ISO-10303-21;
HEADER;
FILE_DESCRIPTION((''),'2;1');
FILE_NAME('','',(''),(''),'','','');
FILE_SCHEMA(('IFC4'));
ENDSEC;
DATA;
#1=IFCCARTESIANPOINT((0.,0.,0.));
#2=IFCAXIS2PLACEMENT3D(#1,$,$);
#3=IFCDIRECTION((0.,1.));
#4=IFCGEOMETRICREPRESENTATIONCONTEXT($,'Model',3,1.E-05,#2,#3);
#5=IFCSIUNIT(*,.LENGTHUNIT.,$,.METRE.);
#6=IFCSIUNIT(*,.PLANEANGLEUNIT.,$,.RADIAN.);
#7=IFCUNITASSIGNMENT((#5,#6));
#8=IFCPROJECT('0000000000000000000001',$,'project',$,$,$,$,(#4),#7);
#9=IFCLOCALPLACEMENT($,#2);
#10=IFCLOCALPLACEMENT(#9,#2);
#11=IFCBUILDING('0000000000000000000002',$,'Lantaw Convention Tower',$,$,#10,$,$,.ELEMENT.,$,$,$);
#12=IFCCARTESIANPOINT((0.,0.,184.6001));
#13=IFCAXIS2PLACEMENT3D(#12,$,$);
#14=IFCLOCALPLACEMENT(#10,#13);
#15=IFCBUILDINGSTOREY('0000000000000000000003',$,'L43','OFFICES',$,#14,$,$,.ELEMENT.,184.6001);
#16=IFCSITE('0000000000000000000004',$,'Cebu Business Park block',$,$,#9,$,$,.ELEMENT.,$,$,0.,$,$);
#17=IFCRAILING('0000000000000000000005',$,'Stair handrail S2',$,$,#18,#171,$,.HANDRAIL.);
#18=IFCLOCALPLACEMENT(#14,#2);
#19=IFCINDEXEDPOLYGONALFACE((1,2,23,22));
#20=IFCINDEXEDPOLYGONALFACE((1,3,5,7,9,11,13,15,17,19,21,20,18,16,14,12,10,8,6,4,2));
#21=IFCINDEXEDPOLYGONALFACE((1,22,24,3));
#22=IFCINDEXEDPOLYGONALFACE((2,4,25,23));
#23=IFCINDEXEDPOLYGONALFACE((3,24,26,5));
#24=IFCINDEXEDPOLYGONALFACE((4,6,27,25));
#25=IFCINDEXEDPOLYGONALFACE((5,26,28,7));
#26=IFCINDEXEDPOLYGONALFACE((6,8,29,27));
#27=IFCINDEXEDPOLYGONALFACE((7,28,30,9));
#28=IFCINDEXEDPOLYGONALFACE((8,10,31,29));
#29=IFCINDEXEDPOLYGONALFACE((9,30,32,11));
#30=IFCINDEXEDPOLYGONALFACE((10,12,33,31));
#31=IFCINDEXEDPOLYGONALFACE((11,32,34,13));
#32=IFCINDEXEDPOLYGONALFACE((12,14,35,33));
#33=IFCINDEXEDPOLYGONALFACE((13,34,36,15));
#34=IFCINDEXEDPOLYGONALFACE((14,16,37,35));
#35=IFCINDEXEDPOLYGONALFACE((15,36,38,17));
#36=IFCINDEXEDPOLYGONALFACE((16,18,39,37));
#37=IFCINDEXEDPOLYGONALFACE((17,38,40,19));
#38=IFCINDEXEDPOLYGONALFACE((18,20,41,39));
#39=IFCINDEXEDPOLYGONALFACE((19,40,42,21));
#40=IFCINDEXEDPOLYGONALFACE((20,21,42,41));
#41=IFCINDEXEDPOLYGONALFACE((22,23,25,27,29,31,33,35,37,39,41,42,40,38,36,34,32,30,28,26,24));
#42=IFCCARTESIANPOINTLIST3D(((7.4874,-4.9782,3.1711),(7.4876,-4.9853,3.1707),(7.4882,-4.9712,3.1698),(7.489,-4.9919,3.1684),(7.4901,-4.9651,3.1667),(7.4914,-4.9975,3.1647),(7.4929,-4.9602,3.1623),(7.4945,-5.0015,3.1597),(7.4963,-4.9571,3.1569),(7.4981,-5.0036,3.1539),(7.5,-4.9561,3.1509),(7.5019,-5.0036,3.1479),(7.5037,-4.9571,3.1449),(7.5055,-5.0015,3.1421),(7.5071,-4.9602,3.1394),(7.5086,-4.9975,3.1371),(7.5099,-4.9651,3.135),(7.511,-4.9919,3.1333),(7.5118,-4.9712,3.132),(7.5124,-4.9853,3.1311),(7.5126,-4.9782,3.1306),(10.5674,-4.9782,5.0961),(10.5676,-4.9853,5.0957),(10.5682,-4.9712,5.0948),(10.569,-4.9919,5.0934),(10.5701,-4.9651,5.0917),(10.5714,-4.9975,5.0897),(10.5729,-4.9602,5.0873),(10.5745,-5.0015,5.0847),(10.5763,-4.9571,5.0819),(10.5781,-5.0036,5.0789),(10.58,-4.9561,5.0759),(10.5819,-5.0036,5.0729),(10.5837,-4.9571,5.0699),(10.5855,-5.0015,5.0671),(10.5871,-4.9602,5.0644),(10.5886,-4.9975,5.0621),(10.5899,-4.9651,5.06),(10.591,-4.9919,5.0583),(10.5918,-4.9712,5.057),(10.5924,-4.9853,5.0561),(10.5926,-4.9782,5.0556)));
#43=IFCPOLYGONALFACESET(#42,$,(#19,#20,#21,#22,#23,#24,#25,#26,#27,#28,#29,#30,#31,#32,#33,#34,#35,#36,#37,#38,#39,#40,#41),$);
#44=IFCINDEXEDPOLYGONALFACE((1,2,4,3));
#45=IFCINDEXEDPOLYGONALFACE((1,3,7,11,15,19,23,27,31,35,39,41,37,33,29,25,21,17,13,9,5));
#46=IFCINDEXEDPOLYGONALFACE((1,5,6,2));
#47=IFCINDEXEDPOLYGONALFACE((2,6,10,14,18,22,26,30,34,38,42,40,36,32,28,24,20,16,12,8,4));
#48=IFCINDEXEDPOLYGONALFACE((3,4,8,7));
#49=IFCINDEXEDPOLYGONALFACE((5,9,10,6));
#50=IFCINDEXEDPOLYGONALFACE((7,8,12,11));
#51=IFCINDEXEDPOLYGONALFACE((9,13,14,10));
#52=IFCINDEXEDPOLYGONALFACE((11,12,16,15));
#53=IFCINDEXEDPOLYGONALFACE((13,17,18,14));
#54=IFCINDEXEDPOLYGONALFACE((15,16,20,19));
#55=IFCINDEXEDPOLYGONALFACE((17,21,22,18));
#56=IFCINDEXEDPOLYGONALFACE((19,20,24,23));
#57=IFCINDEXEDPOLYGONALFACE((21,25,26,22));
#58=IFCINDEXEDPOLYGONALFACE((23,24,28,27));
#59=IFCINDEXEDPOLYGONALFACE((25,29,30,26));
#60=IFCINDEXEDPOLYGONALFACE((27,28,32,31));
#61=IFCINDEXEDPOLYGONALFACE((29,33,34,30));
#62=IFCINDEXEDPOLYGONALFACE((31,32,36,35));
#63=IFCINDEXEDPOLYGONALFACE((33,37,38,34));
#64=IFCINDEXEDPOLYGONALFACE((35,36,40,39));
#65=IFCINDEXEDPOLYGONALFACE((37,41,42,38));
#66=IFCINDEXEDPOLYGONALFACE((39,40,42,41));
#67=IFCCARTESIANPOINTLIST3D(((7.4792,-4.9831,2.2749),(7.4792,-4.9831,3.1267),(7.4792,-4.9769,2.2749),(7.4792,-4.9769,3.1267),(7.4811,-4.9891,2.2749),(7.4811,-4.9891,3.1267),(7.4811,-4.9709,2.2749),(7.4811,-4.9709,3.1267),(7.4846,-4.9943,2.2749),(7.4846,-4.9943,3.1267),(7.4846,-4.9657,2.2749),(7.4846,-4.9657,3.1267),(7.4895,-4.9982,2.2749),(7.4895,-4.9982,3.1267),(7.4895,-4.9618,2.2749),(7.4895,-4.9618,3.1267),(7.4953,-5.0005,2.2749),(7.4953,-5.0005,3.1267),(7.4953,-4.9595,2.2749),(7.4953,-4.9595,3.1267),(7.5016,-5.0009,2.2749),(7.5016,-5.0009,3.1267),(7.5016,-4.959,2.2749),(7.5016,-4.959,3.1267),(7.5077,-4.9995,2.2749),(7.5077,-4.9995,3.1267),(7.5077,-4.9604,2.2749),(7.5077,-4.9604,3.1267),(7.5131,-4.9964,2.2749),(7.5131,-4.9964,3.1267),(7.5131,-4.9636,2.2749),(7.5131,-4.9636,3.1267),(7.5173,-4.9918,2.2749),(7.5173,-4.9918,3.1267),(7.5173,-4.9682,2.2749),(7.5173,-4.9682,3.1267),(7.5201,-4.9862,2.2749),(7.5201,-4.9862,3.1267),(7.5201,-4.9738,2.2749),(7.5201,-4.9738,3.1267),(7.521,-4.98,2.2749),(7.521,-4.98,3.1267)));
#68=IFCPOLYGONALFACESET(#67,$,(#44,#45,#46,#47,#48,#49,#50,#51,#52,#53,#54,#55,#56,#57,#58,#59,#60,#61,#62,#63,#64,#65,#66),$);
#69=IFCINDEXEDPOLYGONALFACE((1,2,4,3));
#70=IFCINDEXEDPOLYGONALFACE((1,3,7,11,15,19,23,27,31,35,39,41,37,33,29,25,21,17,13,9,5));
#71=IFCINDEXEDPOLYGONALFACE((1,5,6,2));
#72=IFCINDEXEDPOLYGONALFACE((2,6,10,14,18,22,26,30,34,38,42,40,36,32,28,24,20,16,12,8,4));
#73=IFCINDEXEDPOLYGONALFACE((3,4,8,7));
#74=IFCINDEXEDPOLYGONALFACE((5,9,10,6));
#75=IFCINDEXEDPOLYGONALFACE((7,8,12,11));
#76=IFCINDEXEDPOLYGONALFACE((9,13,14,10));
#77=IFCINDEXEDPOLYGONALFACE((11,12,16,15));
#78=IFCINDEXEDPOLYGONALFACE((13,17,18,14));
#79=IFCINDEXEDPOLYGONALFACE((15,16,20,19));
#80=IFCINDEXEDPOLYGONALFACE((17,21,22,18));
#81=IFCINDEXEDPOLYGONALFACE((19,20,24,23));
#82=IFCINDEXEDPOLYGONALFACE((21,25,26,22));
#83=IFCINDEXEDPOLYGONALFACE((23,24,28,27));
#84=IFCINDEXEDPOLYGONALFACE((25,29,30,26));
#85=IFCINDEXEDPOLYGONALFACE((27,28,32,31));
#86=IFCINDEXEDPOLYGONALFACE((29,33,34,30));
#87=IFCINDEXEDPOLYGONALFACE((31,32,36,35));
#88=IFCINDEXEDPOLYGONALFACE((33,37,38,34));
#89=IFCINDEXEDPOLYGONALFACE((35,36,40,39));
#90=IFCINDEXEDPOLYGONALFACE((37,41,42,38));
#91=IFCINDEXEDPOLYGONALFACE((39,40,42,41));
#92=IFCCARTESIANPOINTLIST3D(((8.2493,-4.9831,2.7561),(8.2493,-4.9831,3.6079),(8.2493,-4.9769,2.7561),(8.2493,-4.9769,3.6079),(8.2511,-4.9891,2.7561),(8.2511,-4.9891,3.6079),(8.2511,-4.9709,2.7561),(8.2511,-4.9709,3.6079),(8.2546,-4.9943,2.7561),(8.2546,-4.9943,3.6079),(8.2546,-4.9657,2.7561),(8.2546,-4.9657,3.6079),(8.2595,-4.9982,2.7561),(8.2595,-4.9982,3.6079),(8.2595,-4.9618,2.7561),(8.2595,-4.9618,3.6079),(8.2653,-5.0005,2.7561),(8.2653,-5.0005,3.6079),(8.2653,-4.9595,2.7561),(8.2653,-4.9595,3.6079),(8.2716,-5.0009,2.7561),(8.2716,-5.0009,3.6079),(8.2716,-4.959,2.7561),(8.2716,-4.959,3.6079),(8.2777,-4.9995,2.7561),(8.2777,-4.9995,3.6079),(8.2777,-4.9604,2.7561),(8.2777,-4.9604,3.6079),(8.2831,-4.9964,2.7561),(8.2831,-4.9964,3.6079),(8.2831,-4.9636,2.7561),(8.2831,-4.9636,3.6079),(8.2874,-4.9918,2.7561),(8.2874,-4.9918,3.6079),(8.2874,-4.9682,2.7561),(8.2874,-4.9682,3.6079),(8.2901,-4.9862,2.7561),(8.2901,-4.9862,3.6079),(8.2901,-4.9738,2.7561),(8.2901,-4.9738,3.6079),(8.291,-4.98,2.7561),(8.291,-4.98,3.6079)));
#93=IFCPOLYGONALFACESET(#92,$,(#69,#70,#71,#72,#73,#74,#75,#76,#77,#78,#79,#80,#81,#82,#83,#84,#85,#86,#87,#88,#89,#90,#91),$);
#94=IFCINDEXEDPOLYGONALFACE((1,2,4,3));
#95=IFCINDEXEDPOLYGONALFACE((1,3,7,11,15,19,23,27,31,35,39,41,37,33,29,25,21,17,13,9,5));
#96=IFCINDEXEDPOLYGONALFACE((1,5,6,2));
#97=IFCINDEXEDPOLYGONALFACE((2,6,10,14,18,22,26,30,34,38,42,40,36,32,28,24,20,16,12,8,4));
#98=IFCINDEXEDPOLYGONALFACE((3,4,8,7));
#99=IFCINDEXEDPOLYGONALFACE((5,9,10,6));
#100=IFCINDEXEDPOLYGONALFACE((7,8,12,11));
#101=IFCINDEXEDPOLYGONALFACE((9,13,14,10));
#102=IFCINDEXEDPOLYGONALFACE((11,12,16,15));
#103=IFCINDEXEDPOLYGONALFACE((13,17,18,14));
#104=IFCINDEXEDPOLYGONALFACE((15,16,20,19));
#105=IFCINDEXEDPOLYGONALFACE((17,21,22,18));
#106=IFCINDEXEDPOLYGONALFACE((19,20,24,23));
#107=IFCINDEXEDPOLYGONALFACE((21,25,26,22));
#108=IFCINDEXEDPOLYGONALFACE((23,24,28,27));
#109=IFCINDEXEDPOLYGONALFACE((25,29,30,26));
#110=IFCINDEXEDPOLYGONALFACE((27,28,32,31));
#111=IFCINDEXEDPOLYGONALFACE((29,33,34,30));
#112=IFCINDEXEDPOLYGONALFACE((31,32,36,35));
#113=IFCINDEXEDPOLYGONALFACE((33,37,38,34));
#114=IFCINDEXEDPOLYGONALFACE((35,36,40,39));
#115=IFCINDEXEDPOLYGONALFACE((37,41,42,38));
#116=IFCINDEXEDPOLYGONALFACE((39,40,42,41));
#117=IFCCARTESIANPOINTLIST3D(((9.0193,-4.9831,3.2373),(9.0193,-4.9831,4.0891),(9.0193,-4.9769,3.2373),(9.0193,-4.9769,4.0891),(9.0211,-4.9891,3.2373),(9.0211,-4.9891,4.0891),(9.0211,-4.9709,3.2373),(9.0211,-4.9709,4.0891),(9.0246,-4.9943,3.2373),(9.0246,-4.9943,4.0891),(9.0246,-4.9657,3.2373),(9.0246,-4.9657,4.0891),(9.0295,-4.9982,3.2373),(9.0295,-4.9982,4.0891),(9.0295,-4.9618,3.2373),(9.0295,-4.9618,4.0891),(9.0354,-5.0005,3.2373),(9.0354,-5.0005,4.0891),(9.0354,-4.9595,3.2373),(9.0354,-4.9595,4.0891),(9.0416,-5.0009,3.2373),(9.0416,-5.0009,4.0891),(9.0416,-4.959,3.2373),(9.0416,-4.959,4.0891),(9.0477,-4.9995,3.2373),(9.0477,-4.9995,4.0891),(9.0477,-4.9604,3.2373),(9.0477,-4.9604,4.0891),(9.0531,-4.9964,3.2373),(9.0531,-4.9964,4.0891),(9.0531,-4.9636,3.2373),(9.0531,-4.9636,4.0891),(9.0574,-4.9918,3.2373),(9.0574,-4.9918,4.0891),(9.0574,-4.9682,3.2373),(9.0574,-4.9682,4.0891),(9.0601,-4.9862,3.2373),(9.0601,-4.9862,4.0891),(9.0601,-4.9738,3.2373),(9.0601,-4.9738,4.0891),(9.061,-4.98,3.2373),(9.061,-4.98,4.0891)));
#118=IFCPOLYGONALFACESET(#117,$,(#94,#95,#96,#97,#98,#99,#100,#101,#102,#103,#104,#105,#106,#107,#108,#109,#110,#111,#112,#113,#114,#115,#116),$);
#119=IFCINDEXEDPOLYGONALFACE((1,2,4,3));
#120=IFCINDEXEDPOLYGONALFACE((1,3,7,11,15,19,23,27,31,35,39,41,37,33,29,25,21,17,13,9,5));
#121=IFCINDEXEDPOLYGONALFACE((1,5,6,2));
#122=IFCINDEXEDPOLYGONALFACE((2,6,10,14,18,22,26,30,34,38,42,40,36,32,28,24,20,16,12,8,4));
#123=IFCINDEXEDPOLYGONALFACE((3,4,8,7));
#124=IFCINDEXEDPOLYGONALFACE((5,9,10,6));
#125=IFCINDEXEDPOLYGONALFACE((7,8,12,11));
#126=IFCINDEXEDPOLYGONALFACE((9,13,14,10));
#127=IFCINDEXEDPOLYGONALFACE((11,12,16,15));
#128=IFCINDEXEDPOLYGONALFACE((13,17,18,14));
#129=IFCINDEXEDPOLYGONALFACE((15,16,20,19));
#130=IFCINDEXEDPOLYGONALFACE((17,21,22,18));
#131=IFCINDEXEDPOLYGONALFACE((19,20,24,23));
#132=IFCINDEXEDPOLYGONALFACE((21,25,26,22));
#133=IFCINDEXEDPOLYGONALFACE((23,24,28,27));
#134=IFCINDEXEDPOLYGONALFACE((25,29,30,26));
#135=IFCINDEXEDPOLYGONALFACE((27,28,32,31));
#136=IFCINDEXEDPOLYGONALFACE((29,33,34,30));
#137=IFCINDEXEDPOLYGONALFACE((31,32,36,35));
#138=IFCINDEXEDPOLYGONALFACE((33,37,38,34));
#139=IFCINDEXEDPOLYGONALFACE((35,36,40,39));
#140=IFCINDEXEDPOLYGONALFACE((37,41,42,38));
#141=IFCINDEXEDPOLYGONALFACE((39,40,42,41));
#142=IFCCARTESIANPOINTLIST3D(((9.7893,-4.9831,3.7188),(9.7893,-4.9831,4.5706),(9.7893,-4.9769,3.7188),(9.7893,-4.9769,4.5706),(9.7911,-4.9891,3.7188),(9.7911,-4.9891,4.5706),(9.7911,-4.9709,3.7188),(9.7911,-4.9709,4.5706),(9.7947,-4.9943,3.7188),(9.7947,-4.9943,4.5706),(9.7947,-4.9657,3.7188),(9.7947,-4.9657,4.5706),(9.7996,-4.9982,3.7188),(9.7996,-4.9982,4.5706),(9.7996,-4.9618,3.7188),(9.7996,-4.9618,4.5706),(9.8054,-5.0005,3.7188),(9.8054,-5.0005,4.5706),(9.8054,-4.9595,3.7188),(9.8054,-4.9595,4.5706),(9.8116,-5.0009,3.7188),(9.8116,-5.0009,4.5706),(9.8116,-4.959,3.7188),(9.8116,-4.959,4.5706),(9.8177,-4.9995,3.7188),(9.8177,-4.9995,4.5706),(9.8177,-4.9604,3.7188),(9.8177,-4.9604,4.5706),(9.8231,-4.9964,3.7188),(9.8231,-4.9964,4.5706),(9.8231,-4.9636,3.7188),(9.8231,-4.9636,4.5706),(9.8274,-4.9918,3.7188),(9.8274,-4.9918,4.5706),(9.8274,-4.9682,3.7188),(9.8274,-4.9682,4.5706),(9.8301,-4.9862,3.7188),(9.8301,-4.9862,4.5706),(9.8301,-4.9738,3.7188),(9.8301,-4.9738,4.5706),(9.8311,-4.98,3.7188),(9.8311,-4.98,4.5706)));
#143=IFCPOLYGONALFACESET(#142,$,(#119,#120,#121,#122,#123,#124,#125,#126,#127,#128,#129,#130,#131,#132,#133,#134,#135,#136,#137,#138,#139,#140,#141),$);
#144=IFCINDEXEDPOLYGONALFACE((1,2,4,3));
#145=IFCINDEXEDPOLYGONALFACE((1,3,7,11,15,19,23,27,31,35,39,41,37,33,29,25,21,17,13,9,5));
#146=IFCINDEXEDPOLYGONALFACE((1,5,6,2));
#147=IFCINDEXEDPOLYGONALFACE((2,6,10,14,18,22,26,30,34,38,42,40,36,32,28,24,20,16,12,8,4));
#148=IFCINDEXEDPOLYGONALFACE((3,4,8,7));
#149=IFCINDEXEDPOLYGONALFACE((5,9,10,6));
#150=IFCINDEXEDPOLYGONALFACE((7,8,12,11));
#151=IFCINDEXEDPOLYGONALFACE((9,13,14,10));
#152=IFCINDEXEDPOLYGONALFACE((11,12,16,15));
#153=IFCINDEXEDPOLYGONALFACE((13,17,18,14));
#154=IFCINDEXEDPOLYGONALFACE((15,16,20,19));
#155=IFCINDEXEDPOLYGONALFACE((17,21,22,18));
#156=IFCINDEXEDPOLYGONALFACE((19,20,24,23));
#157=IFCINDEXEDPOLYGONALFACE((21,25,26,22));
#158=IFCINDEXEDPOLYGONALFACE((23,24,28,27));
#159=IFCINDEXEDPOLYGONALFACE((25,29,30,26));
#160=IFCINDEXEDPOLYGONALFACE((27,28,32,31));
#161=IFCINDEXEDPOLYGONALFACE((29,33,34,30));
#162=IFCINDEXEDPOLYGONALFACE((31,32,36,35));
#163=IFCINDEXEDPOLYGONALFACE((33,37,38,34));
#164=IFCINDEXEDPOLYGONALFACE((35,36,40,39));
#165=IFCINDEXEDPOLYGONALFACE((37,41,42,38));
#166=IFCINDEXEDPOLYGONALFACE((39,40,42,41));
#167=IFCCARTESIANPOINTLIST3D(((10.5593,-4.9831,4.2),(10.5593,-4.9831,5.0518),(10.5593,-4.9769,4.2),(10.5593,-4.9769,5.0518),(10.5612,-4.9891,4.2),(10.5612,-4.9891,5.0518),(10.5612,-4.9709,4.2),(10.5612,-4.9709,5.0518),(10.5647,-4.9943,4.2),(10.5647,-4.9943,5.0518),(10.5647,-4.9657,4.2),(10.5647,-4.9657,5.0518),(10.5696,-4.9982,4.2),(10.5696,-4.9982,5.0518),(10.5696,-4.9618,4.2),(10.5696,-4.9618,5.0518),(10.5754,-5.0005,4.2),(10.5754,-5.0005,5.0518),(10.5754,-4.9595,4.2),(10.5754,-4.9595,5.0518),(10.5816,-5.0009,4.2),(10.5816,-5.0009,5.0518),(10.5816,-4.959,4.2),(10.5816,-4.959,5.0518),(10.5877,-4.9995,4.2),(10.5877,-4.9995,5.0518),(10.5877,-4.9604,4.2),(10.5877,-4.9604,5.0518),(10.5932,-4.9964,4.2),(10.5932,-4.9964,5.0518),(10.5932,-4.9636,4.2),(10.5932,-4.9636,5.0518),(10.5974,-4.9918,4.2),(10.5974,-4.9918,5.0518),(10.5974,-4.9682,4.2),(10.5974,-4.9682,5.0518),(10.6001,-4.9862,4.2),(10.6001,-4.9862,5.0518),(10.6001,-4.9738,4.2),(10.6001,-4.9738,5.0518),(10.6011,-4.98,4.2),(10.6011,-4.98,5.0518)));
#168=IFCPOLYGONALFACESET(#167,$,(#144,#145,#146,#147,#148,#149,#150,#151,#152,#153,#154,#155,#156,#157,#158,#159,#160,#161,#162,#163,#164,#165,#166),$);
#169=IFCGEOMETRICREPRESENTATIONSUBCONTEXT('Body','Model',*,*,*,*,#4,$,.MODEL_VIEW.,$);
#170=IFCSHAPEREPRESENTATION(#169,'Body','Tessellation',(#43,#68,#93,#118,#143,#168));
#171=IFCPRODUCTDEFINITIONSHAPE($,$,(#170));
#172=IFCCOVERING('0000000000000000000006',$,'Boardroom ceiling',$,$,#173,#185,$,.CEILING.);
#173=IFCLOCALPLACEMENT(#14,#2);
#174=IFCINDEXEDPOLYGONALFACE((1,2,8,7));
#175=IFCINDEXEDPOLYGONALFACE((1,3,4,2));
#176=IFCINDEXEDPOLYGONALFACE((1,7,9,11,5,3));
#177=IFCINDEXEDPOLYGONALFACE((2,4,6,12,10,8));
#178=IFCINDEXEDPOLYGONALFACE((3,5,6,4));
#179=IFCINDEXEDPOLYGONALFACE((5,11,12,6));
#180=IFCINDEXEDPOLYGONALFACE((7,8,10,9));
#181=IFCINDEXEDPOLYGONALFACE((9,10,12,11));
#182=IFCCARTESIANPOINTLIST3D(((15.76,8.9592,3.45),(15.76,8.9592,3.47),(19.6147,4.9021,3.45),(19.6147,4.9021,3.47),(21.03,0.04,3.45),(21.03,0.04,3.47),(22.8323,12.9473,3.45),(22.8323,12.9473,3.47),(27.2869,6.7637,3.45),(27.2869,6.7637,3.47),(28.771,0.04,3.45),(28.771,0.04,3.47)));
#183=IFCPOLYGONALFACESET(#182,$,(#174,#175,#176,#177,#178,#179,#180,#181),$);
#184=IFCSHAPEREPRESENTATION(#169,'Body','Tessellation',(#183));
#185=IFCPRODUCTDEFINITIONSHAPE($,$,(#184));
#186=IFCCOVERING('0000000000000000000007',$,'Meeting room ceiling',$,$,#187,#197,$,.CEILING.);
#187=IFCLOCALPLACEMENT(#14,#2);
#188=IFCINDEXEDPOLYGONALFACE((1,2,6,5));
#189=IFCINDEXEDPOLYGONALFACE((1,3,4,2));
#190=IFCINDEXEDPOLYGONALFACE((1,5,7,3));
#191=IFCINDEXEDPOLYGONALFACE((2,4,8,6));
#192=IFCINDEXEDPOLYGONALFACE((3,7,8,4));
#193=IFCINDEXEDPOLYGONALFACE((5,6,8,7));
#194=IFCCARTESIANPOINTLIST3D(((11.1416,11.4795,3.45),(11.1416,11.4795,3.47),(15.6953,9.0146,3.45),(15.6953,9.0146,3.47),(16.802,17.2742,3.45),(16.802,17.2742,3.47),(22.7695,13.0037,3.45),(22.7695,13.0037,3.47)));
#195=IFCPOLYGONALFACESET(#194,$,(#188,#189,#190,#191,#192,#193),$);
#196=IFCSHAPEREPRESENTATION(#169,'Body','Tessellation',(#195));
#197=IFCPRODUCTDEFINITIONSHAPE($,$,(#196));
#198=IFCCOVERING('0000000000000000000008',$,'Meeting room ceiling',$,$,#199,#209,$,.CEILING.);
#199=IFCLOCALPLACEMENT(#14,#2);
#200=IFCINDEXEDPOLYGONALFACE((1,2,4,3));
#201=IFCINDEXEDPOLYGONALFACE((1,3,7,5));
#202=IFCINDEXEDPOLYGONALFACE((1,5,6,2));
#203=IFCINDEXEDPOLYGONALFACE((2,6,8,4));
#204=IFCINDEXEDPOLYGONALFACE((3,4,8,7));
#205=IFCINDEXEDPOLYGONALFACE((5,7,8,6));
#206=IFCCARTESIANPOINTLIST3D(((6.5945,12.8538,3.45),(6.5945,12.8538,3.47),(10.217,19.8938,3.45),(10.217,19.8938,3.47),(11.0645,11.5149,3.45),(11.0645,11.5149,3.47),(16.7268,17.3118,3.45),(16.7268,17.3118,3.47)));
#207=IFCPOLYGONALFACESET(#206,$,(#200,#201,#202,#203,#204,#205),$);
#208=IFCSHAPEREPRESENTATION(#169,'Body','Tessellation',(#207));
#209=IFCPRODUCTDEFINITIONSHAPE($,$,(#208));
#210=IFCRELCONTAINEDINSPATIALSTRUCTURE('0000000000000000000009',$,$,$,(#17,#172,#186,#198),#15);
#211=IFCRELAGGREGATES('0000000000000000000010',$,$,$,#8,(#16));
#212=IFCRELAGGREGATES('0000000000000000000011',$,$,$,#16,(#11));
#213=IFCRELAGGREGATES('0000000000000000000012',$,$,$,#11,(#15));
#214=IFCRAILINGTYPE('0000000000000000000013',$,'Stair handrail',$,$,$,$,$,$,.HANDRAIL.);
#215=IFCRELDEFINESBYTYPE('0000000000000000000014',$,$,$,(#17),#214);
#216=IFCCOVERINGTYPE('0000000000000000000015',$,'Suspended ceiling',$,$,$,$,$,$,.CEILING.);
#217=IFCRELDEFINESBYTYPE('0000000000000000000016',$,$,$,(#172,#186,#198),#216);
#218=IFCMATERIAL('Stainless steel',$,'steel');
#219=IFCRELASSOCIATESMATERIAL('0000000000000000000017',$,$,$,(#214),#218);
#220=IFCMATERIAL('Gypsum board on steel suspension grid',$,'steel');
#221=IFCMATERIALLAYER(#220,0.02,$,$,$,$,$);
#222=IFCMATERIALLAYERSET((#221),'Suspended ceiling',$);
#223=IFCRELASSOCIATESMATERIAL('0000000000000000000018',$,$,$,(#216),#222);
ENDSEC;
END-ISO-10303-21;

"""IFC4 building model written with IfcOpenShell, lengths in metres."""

from ifc_helpers import new_model, si_unit, direction, frame, origin, origin_2d, place, context, subcontext, project, spatial, polyline, circle, outline, extrude, material, layer, layer_set, type_object, element, save


model = new_model("IFC4")

# Units and contexts
model_context = context("Model", 3, precision=1e-05, world=origin(), true_north=direction((0.0, 1.0)))
body_context = subcontext(model_context, "Body", "Model", "MODEL_VIEW")
ifc_project = project(units=[si_unit("LENGTHUNIT", "METRE"), si_unit("PLANEANGLEUNIT", "RADIAN")], contexts=[model_context])

# Site, building, storey
site_placement = place(None, origin())
site = spatial("IfcSite", under=ifc_project, at=site_placement, Name="Cebu Business Park block", CompositionType="ELEMENT", RefElevation=0.0)
building_placement = place(site_placement, origin())
building = spatial("IfcBuilding", under=site, at=building_placement, Name="Lantaw Convention Tower", CompositionType="ELEMENT")
storey_placement = place(building_placement, frame((0.0, 0.0, 184.6001)))
storey = spatial("IfcBuildingStorey", under=building, at=storey_placement, Name="L43", Description="OFFICES", CompositionType="ELEMENT", Elevation=184.6001)

# Railing
ifc_material_1 = material(Name="Stainless steel", Category="steel")
railing_type = type_object("IfcRailingType", Name="Stair handrail", PredefinedType="HANDRAIL", material=ifc_material_1)
railing_1_placement = place(storey_placement, frame((7.5, -4.98, 2.2749)))
element("IfcRailing", 1, at=railing_1_placement, inside=storey, type_object=railing_type, Name="Stair handrail S2", PredefinedType="HANDRAIL", context=body_context, shape_type="SweptSolid", body=[
    extrude(circle(Radius=0.0239, at=origin_2d()), frame((0.0, 0.0, 0.876), z_axis=(0.847998, 0.0, 0.529999), x_axis=(0.0, 1.0, 0.0)), (0.0, 0.0, 1.0), 3.6321),
    extrude(circle(Radius=0.021, at=origin_2d()), origin(), (0.0, 0.0, 1.0), 0.8518),
    extrude(circle(Radius=0.021, at=origin_2d()), frame((0.77, 0.0, 0.4812)), (0.0, 0.0, 1.0), 0.8518),
    extrude(circle(Radius=0.021, at=origin_2d()), frame((1.54, 0.0, 0.9624)), (0.0, 0.0, 1.0), 0.8518),
    extrude(circle(Radius=0.021, at=origin_2d()), frame((2.3101, 0.0, 1.4438)), (0.0, 0.0, 1.0), 0.8518),
    extrude(circle(Radius=0.021, at=origin_2d()), frame((3.0801, 0.0, 1.925)), (0.0, 0.0, 1.0), 0.8518),
])

# Coverings
ifc_material_2 = material(Name="Gypsum board on steel suspension grid", Category="steel")
ifc_layer_1 = layer(ifc_material_2, 0.02)
ifc_layer_set_1 = layer_set([ifc_layer_1], Name="Suspended ceiling")
covering_type = type_object("IfcCoveringType", Name="Suspended ceiling", PredefinedType="CEILING", material=ifc_layer_set_1)
covering_1_placement = place(storey_placement, frame((0.0, 0.0, 3.45)))
element("IfcCovering", 2, at=covering_1_placement, inside=storey, type_object=covering_type, Name="Boardroom ceiling", PredefinedType="CEILING", context=body_context, shape_type="SweptSolid", body=[
    extrude(outline(polyline([(21.03, 0.04), (28.771, 0.04), (27.2869, 6.7637), (22.8323, 12.9473), (15.76, 8.9592), (19.6147, 4.9021), (21.03, 0.04)])), origin(), (0.0, 0.0, 1.0), 0.02),
])
covering_2_placement = place(storey_placement, frame((0.0, 0.0, 3.45)))
element("IfcCovering", 3, at=covering_2_placement, inside=storey, type_object=covering_type, Name="Meeting room ceiling", PredefinedType="CEILING", context=body_context, shape_type="SweptSolid", body=[
    extrude(outline(polyline([(15.6953, 9.0146), (22.7695, 13.0037), (16.802, 17.2742), (11.1416, 11.4795), (15.6953, 9.0146)])), origin(), (0.0, 0.0, 1.0), 0.02),
])
covering_3_placement = place(storey_placement, frame((0.0, 0.0, 3.45)))
element("IfcCovering", 4, at=covering_3_placement, inside=storey, type_object=covering_type, Name="Meeting room ceiling", PredefinedType="CEILING", context=body_context, shape_type="SweptSolid", body=[
    extrude(outline(polyline([(11.0645, 11.5149), (16.7268, 17.3118), (10.217, 19.8938), (6.5945, 12.8538), (11.0645, 11.5149)])), origin(), (0.0, 0.0, 1.0), 0.02),
])

save(model, "model.ifc")
